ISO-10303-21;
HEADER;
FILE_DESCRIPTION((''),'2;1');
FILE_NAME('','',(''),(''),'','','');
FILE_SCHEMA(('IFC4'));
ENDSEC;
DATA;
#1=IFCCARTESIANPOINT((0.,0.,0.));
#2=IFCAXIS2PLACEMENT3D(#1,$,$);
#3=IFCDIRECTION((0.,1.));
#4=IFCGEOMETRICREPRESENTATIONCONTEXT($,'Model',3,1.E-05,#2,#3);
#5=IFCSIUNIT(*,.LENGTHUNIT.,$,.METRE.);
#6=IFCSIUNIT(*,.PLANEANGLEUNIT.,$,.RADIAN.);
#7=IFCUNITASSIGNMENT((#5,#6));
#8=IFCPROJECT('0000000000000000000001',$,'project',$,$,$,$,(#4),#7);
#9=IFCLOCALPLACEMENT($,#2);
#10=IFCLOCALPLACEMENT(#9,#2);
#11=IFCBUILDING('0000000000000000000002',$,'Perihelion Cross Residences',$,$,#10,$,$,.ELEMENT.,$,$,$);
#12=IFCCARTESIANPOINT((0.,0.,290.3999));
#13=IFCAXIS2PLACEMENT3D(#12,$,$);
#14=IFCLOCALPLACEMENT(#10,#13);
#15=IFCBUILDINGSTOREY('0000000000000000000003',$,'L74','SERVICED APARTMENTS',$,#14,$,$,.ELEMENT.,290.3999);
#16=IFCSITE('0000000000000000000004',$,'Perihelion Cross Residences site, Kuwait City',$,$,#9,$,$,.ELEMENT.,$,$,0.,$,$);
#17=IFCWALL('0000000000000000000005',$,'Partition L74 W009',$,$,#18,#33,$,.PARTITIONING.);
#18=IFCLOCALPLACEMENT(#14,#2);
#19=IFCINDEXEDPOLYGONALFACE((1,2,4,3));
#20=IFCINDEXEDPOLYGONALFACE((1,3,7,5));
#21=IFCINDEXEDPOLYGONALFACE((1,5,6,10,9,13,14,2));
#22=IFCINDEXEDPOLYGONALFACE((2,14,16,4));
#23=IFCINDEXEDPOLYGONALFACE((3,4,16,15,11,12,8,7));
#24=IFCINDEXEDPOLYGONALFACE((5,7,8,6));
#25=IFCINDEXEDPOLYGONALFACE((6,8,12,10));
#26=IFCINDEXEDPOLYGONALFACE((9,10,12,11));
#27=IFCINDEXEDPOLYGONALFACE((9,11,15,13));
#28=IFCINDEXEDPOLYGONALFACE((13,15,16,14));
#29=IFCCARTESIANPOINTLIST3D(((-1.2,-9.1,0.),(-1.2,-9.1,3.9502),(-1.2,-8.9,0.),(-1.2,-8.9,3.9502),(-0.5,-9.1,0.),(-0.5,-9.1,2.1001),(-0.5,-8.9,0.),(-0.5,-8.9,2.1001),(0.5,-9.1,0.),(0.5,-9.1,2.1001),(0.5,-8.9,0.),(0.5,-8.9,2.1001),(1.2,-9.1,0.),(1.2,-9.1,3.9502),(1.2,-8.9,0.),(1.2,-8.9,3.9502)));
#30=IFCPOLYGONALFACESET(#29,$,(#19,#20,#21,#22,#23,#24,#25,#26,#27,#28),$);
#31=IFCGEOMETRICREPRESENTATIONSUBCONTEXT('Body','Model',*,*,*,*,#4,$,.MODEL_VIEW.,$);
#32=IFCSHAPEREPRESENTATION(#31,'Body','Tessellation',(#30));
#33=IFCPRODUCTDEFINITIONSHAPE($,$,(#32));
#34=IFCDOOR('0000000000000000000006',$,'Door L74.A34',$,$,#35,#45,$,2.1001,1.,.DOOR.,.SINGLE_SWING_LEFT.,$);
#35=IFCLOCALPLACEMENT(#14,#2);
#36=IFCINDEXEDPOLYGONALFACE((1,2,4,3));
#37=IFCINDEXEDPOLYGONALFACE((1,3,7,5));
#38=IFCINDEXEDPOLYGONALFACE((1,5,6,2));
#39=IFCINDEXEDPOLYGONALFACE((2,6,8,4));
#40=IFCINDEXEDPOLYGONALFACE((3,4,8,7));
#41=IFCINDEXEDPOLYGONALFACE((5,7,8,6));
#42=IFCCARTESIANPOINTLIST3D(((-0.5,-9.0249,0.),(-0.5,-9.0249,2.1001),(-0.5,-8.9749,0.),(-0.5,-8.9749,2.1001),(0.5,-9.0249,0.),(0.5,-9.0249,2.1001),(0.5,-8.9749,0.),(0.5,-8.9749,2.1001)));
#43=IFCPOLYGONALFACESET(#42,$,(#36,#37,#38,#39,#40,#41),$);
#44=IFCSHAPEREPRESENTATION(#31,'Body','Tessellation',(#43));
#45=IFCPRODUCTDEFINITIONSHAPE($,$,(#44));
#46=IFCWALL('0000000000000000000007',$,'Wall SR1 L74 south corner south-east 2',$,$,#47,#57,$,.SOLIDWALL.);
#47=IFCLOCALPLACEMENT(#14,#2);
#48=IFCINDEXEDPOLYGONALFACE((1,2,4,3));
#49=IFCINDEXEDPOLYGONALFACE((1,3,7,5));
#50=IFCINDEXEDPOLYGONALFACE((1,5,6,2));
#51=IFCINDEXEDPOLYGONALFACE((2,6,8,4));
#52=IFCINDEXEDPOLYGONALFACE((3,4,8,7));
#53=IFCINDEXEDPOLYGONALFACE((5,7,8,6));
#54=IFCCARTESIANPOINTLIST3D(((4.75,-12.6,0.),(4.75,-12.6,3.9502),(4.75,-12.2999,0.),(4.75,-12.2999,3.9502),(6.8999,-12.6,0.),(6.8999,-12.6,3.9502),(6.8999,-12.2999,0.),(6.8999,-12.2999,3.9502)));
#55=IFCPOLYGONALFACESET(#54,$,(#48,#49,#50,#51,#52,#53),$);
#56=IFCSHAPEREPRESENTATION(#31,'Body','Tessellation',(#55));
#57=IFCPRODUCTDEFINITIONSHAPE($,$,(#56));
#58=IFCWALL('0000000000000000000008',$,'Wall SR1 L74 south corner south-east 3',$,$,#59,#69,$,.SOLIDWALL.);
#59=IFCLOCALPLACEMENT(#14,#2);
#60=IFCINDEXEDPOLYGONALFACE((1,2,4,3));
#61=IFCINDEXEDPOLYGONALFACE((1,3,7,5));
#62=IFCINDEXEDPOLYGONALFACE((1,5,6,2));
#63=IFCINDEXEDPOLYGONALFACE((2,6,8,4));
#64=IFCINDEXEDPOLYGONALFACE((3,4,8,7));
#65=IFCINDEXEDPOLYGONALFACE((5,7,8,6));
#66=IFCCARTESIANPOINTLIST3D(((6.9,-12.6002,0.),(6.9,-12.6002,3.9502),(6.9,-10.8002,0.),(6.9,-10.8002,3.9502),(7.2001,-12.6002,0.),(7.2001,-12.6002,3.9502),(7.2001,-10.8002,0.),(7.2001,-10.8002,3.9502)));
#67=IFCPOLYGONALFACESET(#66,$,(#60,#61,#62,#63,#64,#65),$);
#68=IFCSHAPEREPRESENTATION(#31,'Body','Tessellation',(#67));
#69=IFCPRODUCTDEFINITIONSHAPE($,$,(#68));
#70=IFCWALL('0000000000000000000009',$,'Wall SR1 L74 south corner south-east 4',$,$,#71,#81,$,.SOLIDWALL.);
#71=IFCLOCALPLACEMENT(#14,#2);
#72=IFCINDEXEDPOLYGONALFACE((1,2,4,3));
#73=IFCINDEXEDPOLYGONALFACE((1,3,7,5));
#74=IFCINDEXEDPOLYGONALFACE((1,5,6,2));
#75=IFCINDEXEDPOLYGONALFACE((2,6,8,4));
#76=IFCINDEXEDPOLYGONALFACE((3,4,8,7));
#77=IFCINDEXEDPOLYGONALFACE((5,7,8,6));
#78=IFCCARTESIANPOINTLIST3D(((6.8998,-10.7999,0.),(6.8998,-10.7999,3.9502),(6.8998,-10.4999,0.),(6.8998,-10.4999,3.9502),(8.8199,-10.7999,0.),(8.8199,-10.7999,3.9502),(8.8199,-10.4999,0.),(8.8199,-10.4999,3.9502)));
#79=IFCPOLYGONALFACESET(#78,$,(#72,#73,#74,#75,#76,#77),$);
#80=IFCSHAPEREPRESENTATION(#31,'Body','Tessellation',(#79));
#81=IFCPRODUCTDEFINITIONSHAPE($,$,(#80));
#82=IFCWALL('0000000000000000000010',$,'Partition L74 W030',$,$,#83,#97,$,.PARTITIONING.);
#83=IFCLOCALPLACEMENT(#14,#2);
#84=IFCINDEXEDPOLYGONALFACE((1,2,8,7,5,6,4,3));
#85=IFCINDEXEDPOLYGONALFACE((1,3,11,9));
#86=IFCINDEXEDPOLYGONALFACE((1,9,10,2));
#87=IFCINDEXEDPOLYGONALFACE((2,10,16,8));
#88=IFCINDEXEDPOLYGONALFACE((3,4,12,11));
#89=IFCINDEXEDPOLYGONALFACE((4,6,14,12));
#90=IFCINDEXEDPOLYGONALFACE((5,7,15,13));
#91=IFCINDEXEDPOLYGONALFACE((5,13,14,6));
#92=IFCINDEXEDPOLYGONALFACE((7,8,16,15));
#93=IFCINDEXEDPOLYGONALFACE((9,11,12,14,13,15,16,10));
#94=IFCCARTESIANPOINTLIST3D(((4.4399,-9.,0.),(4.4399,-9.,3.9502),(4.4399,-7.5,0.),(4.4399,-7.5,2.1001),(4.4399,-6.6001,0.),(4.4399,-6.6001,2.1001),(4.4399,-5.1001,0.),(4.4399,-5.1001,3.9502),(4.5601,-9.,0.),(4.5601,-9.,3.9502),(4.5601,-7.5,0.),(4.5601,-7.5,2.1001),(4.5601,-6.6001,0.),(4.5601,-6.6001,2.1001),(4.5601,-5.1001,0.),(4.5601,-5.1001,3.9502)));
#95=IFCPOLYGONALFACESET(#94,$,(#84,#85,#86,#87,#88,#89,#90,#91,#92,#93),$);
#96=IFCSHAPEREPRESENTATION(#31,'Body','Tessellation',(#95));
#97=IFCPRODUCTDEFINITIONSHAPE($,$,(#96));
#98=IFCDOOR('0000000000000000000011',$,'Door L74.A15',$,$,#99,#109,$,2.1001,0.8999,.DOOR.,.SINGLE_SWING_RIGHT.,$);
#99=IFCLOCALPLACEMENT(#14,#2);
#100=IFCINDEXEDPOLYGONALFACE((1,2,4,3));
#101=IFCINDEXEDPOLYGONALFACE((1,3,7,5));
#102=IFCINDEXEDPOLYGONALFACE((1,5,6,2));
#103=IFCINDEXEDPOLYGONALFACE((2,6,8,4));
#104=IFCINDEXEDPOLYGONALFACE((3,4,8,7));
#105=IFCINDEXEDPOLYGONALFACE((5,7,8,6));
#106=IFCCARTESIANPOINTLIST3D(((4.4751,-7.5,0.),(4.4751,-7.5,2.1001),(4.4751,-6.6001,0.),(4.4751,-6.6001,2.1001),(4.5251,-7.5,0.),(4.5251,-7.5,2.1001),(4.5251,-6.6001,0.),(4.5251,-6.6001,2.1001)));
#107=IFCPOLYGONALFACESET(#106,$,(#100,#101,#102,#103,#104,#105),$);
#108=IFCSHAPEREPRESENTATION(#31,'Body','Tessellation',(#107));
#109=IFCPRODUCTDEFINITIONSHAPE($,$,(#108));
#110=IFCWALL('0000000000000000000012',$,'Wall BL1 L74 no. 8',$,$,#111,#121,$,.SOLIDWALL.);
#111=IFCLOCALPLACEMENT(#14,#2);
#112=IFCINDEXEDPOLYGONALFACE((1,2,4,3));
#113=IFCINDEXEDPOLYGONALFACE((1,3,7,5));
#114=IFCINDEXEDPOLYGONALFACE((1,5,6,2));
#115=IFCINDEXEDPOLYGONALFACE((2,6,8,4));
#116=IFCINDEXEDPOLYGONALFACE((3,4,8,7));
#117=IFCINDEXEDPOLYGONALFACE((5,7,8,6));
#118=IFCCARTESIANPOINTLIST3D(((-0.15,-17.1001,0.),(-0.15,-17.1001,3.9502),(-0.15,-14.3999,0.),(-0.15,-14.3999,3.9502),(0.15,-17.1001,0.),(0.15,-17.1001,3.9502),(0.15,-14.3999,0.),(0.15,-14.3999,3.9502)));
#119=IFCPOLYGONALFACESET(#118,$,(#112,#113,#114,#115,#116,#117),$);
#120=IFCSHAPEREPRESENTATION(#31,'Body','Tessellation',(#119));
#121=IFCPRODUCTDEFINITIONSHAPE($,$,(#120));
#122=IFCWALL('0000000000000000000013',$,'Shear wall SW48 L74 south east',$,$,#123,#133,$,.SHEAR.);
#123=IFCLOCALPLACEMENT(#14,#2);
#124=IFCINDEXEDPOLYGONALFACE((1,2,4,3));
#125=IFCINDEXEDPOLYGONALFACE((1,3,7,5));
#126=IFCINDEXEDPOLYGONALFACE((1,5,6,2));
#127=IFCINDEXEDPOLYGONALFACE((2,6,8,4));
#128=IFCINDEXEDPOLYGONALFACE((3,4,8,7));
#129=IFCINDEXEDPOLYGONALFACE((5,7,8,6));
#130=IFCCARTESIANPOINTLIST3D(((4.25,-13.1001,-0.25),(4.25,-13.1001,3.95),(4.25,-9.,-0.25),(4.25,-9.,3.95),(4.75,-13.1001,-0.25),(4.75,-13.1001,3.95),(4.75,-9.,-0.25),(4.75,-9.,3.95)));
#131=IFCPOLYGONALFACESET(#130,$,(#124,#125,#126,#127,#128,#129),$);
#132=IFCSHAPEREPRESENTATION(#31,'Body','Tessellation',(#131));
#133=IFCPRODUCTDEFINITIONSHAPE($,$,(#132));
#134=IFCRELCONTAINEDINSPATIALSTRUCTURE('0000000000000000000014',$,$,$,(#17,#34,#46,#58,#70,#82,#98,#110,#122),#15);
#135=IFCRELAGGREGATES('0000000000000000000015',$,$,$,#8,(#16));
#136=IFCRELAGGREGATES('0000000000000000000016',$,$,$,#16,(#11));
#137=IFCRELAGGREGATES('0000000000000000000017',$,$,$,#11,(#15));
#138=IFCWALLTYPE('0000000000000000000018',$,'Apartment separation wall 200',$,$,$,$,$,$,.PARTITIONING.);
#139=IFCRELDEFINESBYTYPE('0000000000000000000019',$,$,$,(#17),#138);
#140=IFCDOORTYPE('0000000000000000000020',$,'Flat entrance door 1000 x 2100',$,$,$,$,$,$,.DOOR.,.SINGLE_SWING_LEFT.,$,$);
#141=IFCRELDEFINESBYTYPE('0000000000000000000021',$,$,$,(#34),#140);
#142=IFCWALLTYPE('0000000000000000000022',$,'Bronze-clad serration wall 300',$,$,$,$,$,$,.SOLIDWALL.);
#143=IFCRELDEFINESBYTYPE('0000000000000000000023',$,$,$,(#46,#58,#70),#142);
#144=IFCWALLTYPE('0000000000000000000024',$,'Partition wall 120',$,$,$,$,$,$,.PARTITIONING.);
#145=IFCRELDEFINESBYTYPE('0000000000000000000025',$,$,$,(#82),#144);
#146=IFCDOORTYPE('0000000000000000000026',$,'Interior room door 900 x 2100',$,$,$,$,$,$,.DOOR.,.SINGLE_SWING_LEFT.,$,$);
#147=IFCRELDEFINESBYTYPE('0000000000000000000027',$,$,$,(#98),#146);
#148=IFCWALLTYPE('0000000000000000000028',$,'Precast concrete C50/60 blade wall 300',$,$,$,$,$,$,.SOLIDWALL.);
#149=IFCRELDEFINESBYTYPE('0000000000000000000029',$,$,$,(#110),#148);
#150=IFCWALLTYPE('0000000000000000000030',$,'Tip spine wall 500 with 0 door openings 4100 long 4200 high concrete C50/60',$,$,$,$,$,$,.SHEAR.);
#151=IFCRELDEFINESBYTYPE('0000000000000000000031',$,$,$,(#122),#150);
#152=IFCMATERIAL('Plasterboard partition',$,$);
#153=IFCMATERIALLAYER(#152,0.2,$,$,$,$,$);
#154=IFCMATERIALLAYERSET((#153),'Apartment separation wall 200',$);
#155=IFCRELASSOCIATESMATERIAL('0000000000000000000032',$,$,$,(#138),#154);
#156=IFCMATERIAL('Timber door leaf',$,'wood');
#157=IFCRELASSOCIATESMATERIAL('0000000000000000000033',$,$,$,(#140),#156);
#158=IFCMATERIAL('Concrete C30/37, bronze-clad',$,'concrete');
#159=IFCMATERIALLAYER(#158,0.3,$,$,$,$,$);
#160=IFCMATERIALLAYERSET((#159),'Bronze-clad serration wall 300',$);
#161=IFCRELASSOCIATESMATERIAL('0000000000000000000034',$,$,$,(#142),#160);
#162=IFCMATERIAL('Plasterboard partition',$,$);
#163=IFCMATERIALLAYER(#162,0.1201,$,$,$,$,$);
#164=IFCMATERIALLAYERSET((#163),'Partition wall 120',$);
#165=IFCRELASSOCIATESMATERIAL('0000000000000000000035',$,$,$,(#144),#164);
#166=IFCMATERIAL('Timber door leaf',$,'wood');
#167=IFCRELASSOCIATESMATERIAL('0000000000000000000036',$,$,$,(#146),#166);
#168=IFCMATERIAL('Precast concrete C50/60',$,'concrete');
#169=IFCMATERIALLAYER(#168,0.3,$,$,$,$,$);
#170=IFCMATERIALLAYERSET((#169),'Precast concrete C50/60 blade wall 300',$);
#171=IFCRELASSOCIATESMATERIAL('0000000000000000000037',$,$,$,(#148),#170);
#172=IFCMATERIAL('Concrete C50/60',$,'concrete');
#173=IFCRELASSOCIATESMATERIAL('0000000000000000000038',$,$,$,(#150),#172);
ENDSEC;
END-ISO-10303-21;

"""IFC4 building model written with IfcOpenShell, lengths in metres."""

from ifc_helpers import new_model, si_unit, direction, frame, frame_2d, origin, place, context, subcontext, project, spatial, polyline, rectangle, outline, extrude, material, layer, layer_set, material_profile, profile_set, type_object, element, fill, save


model = new_model("IFC4")

# Units and contexts
model_context = context("Model", 3, precision=1e-05, world=origin(), true_north=direction((0.0, 1.0)))
body_context = subcontext(model_context, "Body", "Model", "MODEL_VIEW")
ifc_project = project(units=[si_unit("LENGTHUNIT", "METRE"), si_unit("PLANEANGLEUNIT", "RADIAN")], contexts=[model_context])

# Site, building, storey
site_placement = place(None, origin())
site = spatial("IfcSite", under=ifc_project, at=site_placement, Name="Perihelion Cross Residences site, Kuwait City", CompositionType="ELEMENT", RefElevation=0.0)
building_placement = place(site_placement, origin())
building = spatial("IfcBuilding", under=site, at=building_placement, Name="Perihelion Cross Residences", CompositionType="ELEMENT")
storey_placement = place(building_placement, frame((0.0, 0.0, 290.3999)))
storey = spatial("IfcBuildingStorey", under=building, at=storey_placement, Name="L74", Description="SERVICED APARTMENTS", CompositionType="ELEMENT", Elevation=290.3999)

# Wall, opening, door
ifc_material_1 = material(Name="Plasterboard partition")
ifc_layer_1 = layer(ifc_material_1, 0.2)
ifc_layer_set_1 = layer_set([ifc_layer_1], Name="Apartment separation wall 200")
wall_type_1 = type_object("IfcWallType", Name="Apartment separation wall 200", PredefinedType="PARTITIONING", material=ifc_layer_set_1)
wall_1_placement = place(storey_placement, frame((1.2, -9.0, 0.0), z_axis=(0.0, 0.0, 1.0), x_axis=(-1.0, 0.0, 0.0)))
wall_1 = element("IfcWall", 1, at=wall_1_placement, inside=storey, type_object=wall_type_1, Name="Partition L74 W009", PredefinedType="PARTITIONING", context=body_context, shape_type="SweptSolid", body=[
    extrude(rectangle(XDim=2.3999, YDim=0.2, at=frame_2d((1.2, 0.0))), origin(), (0.0, 0.0, 1.0), 3.9502),
])
opening_1_placement = place(wall_1_placement, frame((0.7, 0.0, 0.0)))
opening_1 = element("IfcOpeningElement", 2, at=opening_1_placement, cuts=wall_1, PredefinedType="OPENING", context=body_context, shape_type="SweptSolid", body=[
    extrude(rectangle(XDim=1.0, YDim=2.1001, at=frame_2d((0.5, 1.05))), frame((0.0, 0.1099, 0.0), z_axis=(0.0, -1.0, 0.0), x_axis=(1.0, 0.0, 0.0)), (0.0, 0.0, 1.0), 0.22),
])
ifc_material_2 = material(Name="Timber door leaf", Category="wood")
door_type_1 = type_object("IfcDoorType", Name="Flat entrance door 1000 x 2100", OperationType="SINGLE_SWING_LEFT", PredefinedType="DOOR", material=ifc_material_2)
door_1_placement = place(opening_1_placement, origin())
door_1 = element("IfcDoor", 3, at=door_1_placement, inside=storey, type_object=door_type_1, Name="Door L74.A34", OperationType="SINGLE_SWING_LEFT", OverallHeight=2.1001, OverallWidth=1.0, PredefinedType="DOOR", context=body_context, shape_type="SweptSolid", body=[
    extrude(rectangle(XDim=1.0, YDim=2.1001, at=frame_2d((0.5, 1.05))), frame((0.0, 0.0249, 0.0), z_axis=(0.0, -1.0, 0.0), x_axis=(1.0, 0.0, 0.0)), (0.0, 0.0, 1.0), 0.05),
])
fill(opening_1, door_1)

# Walls
ifc_material_3 = material(Name="Concrete C30/37, bronze-clad", Category="concrete")
ifc_layer_2 = layer(ifc_material_3, 0.3)
ifc_layer_set_2 = layer_set([ifc_layer_2], Name="Bronze-clad serration wall 300")
wall_type_2 = type_object("IfcWallType", Name="Bronze-clad serration wall 300", PredefinedType="SOLIDWALL", material=ifc_layer_set_2)
wall_2_placement = place(storey_placement, frame((4.75, -12.45, 0.0), z_axis=(0.0, 0.0, 1.0), x_axis=(1.0, 0.0, 0.0)))
element("IfcWall", 4, at=wall_2_placement, inside=storey, type_object=wall_type_2, Name="Wall SR1 L74 south corner south-east 2", PredefinedType="SOLIDWALL", context=body_context, shape_type="SweptSolid", body=[
    extrude(rectangle(XDim=2.1499, YDim=0.3, at=frame_2d((1.075, 0.0))), origin(), (0.0, 0.0, 1.0), 3.9502),
])
wall_3_placement = place(storey_placement, frame((7.05, -12.6001, 0.0), z_axis=(0.0, 0.0, 1.0), x_axis=(0.0, 1.0, 0.0)))
element("IfcWall", 5, at=wall_3_placement, inside=storey, type_object=wall_type_2, Name="Wall SR1 L74 south corner south-east 3", PredefinedType="SOLIDWALL", context=body_context, shape_type="SweptSolid", body=[
    extrude(rectangle(XDim=1.8, YDim=0.3, at=frame_2d((0.8999, 0.0))), origin(), (0.0, 0.0, 1.0), 3.9502),
])
wall_4_placement = place(storey_placement, frame((6.8999, -10.6499, 0.0), z_axis=(0.0, 0.0, 1.0), x_axis=(1.0, 0.0, 0.0)))
element("IfcWall", 6, at=wall_4_placement, inside=storey, type_object=wall_type_2, Name="Wall SR1 L74 south corner south-east 4", PredefinedType="SOLIDWALL", context=body_context, shape_type="SweptSolid", body=[
    extrude(rectangle(XDim=1.9202, YDim=0.3, at=frame_2d((0.96, 0.0))), origin(), (0.0, 0.0, 1.0), 3.9502),
])

# Wall, opening, door
ifc_material_4 = material(Name="Plasterboard partition")
ifc_layer_3 = layer(ifc_material_4, 0.1201)
ifc_layer_set_3 = layer_set([ifc_layer_3], Name="Partition wall 120")
wall_type_3 = type_object("IfcWallType", Name="Partition wall 120", PredefinedType="PARTITIONING", material=ifc_layer_set_3)
wall_5_placement = place(storey_placement, frame((4.5, -9.0, 0.0), z_axis=(0.0, 0.0, 1.0), x_axis=(0.0, 1.0, 0.0)))
wall_5 = element("IfcWall", 7, at=wall_5_placement, inside=storey, type_object=wall_type_3, Name="Partition L74 W030", PredefinedType="PARTITIONING", context=body_context, shape_type="SweptSolid", body=[
    extrude(rectangle(XDim=3.8999, YDim=0.1201, at=frame_2d((1.95, 0.0))), origin(), (0.0, 0.0, 1.0), 3.9502),
])
opening_2_placement = place(wall_5_placement, frame((1.5, 0.0, 0.0)))
opening_2 = element("IfcOpeningElement", 8, at=opening_2_placement, cuts=wall_5, PredefinedType="OPENING", context=body_context, shape_type="SweptSolid", body=[
    extrude(rectangle(XDim=0.8999, YDim=2.1001, at=frame_2d((0.45, 1.05))), frame((0.0, 0.0701, 0.0), z_axis=(0.0, -1.0, 0.0), x_axis=(1.0, 0.0, 0.0)), (0.0, 0.0, 1.0), 0.1401),
])
ifc_material_5 = material(Name="Timber door leaf", Category="wood")
door_type_2 = type_object("IfcDoorType", Name="Interior room door 900 x 2100", OperationType="SINGLE_SWING_LEFT", PredefinedType="DOOR", material=ifc_material_5)
door_2_placement = place(opening_2_placement, origin())
door_2 = element("IfcDoor", 9, at=door_2_placement, inside=storey, type_object=door_type_2, Name="Door L74.A15", OperationType="SINGLE_SWING_RIGHT", OverallHeight=2.1001, OverallWidth=0.8999, PredefinedType="DOOR", context=body_context, shape_type="SweptSolid", body=[
    extrude(rectangle(XDim=0.8999, YDim=2.1001, at=frame_2d((0.45, 1.05))), frame((0.0, 0.0249, 0.0), z_axis=(0.0, -1.0, 0.0), x_axis=(1.0, 0.0, 0.0)), (0.0, 0.0, 1.0), 0.05),
])
fill(opening_2, door_2)

# Walls
ifc_material_6 = material(Name="Precast concrete C50/60", Category="concrete")
ifc_layer_4 = layer(ifc_material_6, 0.3)
ifc_layer_set_4 = layer_set([ifc_layer_4], Name="Precast concrete C50/60 blade wall 300")
wall_type_4 = type_object("IfcWallType", Name="Precast concrete C50/60 blade wall 300", PredefinedType="SOLIDWALL", material=ifc_layer_set_4)
wall_6_placement = place(storey_placement, frame((0.0, -14.3999, 0.0), z_axis=(0.0, 0.0, 1.0), x_axis=(0.0, -1.0, 0.0)))
element("IfcWall", 10, at=wall_6_placement, inside=storey, type_object=wall_type_4, Name="Wall BL1 L74 no. 8", PredefinedType="SOLIDWALL", context=body_context, shape_type="SweptSolid", body=[
    extrude(rectangle(XDim=2.7002, YDim=0.3, at=frame_2d((1.3501, 0.0))), origin(), (0.0, 0.0, 1.0), 3.9502),
])
ifc_material_7 = material(Name="Concrete C50/60", Category="concrete")
ifc_material_profile_1 = material_profile(ifc_material_7, outline(polyline([(0.0, 0.0), (4.1001, 0.0), (4.1001, 4.2), (0.0, 4.2), (0.0, 0.0)])), Name="Tip spine wall")
ifc_profile_set_1 = profile_set([ifc_material_profile_1], Name="Concrete C50/60")
wall_type_5 = type_object("IfcWallType", Name="Tip spine wall 500 with 0 door openings 4100 long 4200 high concrete C50/60", PredefinedType="SHEAR", material=ifc_profile_set_1)
wall_7_placement = place(storey_placement, frame((4.25, -13.1001, -0.25), z_axis=(1.0, 0.0, 0.0), x_axis=(0.0, 1.0, 0.0)))
element("IfcWall", 11, at=wall_7_placement, inside=storey, type_object=wall_type_5, Name="Shear wall SW48 L74 south east", PredefinedType="SHEAR", context=body_context, shape_type="SweptSolid", body=[
    extrude(outline(polyline([(0.0, 0.0), (4.1001, 0.0), (4.1001, 4.2), (0.0, 4.2), (0.0, 0.0)])), origin(), (0.0, 0.0, 1.0), 0.5),
])

save(model, "model.ifc")
